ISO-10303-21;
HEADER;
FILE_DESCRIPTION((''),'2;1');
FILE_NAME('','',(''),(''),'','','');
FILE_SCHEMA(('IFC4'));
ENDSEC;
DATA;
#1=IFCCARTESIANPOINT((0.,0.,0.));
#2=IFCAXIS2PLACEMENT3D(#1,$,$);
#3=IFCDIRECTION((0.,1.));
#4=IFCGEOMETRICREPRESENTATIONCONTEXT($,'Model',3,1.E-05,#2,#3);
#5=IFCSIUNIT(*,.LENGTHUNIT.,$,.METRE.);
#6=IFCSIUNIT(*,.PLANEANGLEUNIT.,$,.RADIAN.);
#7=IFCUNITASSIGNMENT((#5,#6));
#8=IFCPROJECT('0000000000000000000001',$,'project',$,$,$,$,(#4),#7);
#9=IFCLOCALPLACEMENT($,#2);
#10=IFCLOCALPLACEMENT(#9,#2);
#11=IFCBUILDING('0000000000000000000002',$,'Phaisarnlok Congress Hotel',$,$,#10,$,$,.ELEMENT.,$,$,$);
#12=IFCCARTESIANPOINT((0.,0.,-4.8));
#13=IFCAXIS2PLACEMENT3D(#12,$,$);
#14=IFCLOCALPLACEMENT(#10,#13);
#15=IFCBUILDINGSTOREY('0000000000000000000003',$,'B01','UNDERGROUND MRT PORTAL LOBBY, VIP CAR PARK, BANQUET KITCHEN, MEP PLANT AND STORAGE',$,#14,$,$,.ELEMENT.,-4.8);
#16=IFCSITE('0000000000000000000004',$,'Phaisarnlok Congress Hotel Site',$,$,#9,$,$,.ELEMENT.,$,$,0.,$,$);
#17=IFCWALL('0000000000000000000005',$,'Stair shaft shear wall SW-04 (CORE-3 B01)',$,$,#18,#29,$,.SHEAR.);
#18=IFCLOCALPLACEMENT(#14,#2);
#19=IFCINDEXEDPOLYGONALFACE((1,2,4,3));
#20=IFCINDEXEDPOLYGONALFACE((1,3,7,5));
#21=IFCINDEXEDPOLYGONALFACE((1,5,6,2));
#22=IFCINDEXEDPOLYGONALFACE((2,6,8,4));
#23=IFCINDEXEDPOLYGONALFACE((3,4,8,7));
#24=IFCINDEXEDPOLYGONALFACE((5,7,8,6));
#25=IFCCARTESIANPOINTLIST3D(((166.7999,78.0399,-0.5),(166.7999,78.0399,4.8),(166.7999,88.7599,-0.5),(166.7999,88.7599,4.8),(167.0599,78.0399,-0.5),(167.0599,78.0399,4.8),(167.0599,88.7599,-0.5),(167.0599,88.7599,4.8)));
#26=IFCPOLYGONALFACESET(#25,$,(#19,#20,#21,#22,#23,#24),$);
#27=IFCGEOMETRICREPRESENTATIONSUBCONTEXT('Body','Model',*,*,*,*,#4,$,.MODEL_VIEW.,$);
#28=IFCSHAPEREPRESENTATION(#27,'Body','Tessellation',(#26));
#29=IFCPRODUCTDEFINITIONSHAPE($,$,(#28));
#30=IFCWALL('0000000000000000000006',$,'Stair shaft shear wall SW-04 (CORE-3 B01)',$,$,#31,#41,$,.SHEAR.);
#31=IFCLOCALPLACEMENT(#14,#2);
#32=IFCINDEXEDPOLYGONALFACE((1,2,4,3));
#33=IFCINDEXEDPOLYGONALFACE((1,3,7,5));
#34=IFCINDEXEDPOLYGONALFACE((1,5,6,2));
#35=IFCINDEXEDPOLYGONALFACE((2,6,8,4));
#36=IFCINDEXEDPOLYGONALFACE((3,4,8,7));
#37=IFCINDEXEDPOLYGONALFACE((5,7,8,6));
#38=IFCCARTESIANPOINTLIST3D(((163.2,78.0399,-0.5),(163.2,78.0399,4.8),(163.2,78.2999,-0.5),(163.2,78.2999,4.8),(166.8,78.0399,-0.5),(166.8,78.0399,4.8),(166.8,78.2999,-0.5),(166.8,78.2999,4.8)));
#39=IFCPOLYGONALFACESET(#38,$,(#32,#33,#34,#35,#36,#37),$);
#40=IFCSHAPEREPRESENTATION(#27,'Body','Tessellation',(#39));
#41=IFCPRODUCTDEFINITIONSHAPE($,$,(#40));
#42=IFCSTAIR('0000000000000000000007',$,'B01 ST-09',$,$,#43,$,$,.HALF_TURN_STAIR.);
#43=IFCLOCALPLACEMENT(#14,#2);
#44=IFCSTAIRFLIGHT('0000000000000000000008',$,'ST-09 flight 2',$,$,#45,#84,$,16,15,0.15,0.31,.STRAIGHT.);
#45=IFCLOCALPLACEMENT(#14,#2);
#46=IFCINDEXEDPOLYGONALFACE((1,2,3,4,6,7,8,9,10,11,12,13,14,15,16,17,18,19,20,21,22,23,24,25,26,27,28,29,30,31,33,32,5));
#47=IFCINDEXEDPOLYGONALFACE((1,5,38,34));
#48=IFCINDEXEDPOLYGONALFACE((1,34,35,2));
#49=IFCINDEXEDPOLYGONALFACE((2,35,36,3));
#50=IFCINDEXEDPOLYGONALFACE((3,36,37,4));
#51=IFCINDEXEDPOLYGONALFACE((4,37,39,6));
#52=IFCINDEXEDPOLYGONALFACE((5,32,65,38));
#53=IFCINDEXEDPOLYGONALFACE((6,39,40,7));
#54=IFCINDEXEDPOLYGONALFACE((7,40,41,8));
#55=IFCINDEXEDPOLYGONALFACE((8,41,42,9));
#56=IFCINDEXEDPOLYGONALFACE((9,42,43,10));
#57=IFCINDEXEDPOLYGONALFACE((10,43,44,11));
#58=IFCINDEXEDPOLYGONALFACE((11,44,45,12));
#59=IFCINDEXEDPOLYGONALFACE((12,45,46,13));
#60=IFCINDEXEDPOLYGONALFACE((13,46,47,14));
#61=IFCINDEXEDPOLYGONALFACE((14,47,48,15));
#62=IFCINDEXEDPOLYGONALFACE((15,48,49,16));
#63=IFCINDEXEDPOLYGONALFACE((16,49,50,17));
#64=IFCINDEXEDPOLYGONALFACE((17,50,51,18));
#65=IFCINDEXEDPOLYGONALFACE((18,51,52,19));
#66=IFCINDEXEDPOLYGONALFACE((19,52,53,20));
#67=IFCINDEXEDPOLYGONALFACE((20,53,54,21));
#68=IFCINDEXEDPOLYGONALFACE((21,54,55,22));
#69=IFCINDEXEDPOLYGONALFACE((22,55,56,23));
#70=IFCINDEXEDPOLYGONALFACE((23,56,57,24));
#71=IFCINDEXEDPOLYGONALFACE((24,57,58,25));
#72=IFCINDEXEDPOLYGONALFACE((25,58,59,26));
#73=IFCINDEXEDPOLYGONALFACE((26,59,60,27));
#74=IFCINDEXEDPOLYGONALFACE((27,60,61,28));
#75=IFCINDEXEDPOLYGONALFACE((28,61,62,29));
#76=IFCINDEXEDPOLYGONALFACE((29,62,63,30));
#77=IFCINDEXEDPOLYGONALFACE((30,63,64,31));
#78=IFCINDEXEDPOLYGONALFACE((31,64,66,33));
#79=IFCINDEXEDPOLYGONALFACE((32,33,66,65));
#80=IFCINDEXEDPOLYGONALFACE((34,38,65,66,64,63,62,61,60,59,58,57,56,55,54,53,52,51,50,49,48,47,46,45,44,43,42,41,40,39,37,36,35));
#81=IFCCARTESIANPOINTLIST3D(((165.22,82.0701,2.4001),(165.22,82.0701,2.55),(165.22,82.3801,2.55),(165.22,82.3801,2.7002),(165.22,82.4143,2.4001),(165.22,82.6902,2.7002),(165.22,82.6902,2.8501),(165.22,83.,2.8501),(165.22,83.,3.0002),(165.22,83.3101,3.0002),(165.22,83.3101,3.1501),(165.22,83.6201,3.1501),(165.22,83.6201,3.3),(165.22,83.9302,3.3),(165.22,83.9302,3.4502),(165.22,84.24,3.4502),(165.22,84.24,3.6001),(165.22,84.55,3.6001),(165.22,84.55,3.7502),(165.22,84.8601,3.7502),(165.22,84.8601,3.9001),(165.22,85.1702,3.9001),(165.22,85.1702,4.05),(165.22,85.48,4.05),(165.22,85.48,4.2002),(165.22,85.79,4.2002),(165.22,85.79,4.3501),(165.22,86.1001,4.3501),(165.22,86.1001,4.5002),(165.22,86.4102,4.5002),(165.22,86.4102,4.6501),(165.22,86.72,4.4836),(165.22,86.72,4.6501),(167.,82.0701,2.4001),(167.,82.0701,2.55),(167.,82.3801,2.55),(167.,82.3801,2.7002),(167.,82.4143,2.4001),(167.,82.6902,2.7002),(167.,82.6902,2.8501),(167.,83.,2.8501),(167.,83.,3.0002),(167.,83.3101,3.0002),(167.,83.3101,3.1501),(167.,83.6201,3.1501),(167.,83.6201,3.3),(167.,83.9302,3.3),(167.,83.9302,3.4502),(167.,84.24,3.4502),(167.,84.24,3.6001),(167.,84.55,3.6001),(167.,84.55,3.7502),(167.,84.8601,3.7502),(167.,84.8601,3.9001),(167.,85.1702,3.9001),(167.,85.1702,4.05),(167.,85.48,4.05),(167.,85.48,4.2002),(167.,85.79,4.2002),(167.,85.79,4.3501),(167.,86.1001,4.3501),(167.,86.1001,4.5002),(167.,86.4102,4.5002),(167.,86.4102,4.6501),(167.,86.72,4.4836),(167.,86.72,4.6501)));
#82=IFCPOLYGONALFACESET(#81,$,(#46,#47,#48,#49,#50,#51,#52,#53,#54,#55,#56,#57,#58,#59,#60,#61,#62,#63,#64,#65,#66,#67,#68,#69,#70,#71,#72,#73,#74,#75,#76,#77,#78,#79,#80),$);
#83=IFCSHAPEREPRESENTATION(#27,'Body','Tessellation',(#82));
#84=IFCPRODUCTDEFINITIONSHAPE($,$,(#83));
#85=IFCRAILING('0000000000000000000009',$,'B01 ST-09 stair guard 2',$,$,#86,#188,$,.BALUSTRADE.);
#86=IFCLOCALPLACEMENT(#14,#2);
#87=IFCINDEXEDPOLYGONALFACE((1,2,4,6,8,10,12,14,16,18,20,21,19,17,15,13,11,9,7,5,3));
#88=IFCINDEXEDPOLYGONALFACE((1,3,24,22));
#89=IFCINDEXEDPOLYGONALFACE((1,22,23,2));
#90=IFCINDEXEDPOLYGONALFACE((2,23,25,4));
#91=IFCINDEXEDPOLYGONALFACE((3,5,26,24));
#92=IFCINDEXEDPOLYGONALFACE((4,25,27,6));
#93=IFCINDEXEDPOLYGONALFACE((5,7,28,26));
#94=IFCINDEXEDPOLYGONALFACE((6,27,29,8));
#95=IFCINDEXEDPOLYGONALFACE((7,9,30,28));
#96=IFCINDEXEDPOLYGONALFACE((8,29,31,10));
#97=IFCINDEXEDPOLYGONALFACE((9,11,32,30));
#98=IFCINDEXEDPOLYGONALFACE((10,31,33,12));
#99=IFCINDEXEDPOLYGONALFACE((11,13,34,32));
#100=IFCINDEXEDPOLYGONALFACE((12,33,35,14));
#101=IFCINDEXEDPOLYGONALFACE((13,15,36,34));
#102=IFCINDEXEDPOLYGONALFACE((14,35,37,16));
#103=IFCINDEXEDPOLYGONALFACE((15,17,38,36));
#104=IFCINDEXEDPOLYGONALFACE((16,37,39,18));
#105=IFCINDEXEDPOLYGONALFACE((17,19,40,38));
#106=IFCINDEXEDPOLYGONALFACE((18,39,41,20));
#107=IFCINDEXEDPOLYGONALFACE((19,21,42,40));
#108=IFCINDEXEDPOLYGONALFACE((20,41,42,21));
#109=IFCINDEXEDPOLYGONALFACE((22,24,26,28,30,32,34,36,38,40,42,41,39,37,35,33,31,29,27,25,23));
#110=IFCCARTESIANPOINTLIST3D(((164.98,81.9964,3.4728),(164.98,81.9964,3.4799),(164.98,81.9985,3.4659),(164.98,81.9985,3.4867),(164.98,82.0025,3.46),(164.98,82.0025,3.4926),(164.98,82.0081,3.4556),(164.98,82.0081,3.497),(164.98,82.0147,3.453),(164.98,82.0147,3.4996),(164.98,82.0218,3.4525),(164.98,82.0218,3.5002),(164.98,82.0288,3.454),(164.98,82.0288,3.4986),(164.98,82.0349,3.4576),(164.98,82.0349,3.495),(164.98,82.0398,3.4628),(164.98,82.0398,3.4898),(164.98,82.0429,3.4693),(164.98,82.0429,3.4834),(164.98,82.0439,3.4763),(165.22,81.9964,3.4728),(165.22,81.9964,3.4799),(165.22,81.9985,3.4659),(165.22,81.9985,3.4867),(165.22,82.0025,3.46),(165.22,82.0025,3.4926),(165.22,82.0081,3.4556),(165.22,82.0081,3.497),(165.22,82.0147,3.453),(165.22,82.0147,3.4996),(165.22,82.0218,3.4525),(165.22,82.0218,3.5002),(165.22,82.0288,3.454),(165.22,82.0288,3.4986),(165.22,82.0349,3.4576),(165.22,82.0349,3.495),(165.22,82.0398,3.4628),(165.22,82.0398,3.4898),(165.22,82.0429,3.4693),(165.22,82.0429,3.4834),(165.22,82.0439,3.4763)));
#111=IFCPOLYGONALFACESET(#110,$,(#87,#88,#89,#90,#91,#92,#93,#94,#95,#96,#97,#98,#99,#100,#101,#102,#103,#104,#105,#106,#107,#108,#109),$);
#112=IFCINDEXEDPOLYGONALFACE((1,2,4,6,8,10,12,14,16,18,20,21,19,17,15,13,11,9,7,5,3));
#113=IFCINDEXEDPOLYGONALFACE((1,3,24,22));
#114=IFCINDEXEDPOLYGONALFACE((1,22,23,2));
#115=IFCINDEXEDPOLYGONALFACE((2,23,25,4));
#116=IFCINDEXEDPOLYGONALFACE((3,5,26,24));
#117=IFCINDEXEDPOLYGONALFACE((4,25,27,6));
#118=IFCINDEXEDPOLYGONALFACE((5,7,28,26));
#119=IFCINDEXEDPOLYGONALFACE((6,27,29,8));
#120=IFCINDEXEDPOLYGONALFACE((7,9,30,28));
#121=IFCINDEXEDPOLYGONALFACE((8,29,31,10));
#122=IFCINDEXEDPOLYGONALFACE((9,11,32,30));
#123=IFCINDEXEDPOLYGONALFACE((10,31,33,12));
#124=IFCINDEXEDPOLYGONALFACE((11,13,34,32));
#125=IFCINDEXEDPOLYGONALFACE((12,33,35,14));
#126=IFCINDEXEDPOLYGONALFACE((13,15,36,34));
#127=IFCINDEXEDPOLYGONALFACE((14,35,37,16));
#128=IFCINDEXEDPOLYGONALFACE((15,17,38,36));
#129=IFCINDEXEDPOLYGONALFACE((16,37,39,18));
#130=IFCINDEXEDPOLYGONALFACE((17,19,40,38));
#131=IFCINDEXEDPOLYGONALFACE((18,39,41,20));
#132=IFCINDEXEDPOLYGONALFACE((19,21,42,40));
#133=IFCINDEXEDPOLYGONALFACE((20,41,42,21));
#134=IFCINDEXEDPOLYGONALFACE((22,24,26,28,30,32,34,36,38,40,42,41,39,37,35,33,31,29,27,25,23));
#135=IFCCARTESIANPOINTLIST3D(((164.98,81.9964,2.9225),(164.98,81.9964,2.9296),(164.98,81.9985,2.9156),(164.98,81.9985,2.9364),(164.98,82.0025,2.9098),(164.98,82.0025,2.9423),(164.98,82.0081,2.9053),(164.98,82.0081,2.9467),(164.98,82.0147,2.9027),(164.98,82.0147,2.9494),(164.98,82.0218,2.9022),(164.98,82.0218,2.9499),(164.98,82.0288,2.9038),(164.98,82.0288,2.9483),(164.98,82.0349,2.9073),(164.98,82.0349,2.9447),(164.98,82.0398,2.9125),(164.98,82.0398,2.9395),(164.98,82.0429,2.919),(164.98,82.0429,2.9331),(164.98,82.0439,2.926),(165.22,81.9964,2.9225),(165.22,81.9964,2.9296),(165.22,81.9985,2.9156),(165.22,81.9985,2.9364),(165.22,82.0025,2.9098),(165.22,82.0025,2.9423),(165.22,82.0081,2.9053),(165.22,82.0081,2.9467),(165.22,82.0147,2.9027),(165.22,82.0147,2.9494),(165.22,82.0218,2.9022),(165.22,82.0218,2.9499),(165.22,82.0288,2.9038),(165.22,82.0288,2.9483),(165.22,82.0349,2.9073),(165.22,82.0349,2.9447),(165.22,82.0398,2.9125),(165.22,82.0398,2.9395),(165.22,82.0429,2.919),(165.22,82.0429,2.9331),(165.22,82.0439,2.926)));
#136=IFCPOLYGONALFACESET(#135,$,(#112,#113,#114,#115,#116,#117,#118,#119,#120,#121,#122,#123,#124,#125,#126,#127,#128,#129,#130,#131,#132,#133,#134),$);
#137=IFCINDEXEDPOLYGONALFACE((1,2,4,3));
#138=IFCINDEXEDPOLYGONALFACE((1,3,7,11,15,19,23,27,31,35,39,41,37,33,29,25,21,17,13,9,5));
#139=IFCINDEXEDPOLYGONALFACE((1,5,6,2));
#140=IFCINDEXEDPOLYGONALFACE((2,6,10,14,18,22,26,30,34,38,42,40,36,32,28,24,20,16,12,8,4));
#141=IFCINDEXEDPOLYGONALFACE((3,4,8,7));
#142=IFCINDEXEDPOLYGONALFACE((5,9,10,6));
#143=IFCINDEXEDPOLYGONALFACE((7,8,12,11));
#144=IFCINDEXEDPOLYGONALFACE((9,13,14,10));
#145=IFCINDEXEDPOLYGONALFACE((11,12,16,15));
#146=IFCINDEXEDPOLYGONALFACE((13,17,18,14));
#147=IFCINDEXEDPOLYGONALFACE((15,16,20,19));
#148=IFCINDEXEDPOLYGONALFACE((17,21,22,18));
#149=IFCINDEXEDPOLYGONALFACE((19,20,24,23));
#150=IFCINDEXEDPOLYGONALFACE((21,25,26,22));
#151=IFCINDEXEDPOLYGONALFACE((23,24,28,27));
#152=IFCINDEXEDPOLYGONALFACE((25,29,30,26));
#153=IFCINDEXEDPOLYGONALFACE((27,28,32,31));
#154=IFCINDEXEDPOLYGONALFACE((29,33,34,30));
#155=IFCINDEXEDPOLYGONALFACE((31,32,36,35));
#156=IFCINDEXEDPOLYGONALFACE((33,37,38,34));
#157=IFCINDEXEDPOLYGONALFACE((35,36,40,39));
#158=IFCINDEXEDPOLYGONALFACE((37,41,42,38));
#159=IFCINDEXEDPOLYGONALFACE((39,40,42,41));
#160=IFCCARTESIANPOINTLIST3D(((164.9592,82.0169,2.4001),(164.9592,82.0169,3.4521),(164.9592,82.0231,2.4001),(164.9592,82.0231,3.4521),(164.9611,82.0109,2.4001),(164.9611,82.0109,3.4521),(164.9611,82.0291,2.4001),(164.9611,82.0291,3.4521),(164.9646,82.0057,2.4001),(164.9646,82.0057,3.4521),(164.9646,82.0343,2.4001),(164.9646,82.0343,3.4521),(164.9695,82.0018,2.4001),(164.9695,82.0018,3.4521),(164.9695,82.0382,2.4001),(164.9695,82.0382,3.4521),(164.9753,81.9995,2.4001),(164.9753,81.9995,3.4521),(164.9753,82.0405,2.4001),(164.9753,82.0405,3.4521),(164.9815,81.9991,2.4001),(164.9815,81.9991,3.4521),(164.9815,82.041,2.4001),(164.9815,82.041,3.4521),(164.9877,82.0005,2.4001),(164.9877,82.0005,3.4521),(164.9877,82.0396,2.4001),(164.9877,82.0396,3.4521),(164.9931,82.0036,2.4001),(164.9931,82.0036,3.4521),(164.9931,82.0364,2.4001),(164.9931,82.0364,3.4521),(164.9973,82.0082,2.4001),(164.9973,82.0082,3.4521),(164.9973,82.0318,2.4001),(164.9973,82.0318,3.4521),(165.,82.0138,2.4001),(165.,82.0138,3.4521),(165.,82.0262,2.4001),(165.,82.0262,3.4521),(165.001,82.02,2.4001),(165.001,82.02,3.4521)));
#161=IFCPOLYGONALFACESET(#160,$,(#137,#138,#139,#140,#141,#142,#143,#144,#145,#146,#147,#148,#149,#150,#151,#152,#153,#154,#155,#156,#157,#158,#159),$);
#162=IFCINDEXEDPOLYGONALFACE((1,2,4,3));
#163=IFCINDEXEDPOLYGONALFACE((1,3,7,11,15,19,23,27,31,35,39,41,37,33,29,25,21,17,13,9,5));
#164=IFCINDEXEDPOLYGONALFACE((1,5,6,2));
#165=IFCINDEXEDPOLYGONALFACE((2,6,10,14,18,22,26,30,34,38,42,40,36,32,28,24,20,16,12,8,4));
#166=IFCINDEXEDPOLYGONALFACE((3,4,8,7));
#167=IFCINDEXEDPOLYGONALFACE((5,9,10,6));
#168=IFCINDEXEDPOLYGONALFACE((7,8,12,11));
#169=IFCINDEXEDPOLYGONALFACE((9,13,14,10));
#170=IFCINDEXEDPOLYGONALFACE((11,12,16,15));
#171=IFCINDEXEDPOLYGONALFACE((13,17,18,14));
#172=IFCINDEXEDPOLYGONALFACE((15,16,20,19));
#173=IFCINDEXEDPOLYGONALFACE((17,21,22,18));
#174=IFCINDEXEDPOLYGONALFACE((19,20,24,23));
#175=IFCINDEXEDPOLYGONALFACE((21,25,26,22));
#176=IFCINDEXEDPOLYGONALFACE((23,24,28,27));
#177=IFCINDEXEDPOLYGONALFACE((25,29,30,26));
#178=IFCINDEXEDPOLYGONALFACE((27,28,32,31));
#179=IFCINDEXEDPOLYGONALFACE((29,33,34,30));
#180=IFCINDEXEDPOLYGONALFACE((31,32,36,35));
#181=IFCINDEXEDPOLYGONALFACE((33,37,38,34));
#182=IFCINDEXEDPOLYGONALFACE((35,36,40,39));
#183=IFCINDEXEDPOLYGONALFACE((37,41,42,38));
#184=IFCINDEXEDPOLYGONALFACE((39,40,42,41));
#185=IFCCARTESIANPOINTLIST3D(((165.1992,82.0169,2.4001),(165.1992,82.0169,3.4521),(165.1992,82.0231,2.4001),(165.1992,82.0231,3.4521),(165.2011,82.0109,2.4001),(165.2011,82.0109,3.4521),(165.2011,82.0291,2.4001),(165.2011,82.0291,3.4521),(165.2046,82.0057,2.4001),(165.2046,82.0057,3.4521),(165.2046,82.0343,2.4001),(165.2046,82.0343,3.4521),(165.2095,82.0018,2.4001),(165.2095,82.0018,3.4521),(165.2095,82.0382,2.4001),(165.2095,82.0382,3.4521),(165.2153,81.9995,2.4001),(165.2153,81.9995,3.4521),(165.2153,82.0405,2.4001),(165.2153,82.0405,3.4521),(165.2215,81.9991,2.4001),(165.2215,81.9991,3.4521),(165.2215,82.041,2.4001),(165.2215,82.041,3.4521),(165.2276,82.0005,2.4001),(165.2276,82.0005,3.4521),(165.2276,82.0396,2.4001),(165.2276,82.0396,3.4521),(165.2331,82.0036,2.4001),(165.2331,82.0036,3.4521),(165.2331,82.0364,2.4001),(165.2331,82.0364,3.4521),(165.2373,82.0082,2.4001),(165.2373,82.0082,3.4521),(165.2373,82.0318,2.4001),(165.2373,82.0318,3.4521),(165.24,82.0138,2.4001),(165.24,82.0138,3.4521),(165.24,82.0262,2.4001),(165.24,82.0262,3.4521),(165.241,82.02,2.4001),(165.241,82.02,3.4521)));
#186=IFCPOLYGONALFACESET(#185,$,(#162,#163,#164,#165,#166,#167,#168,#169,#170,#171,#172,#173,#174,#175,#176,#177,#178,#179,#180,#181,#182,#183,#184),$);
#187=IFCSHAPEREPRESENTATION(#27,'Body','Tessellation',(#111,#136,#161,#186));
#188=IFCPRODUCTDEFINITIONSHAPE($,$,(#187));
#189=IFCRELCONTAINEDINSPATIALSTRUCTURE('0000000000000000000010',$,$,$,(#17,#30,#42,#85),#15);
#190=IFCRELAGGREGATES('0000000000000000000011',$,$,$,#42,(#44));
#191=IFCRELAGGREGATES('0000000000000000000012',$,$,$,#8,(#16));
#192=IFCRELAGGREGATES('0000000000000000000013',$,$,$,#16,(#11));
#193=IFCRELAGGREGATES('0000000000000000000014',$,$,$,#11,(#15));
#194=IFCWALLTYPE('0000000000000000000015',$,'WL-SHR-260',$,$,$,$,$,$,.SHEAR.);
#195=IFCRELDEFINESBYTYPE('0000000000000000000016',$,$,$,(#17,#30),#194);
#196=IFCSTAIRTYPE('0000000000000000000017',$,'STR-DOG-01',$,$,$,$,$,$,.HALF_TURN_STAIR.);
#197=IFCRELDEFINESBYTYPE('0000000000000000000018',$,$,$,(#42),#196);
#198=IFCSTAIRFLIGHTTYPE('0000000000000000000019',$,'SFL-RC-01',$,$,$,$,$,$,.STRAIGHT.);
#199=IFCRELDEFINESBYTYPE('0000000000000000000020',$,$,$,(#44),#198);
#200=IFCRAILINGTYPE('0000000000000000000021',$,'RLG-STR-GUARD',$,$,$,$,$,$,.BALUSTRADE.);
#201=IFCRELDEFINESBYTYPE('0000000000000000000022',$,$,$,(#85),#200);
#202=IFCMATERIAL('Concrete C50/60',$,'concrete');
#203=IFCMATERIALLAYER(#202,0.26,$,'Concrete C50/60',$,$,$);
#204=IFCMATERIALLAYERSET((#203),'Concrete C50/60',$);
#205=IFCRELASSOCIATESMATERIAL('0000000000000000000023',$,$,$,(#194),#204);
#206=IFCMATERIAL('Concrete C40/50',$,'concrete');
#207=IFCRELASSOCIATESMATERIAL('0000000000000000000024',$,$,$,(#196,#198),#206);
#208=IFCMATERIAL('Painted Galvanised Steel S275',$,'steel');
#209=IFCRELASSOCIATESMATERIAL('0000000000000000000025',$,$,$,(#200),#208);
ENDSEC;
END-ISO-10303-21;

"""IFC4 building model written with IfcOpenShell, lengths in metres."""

from ifc_helpers import new_model, si_unit, direction, frame, frame_2d, origin, origin_2d, place, context, subcontext, project, spatial, polyline, rectangle, circle, outline, extrude, material, layer, layer_set, type_object, element, aggregate, save


model = new_model("IFC4")

# Units and contexts
model_context = context("Model", 3, precision=1e-05, world=origin(), true_north=direction((0.0, 1.0)))
body_context = subcontext(model_context, "Body", "Model", "MODEL_VIEW")
ifc_project = project(units=[si_unit("LENGTHUNIT", "METRE"), si_unit("PLANEANGLEUNIT", "RADIAN")], contexts=[model_context])

# Site, building, storey
site_placement = place(None, origin())
site = spatial("IfcSite", under=ifc_project, at=site_placement, Name="Phaisarnlok Congress Hotel Site", CompositionType="ELEMENT", RefElevation=0.0)
building_placement = place(site_placement, origin())
building = spatial("IfcBuilding", under=site, at=building_placement, Name="Phaisarnlok Congress Hotel", CompositionType="ELEMENT")
storey_placement = place(building_placement, frame((0.0, 0.0, -4.8)))
storey = spatial("IfcBuildingStorey", under=building, at=storey_placement, Name="B01", Description="UNDERGROUND MRT PORTAL LOBBY, VIP CAR PARK, BANQUET KITCHEN, MEP PLANT AND STORAGE", CompositionType="ELEMENT", Elevation=-4.8)

# Shared definitions
ifc_material_1 = material(Name="Concrete C40/50", Category="concrete")

# Shared definitions
ifc_material_2 = material(Name="Concrete C50/60", Category="concrete")

# Walls
ifc_layer_1 = layer(ifc_material_2, 0.26, Name="Concrete C50/60")
ifc_layer_set_1 = layer_set([ifc_layer_1], Name="Concrete C50/60")
wall_type_1 = type_object("IfcWallType", Name="WL-SHR-260", PredefinedType="SHEAR", material=ifc_layer_set_1)
for number, where, z_axis, x_axis, name in (
    (1, (166.9299, 78.04, -0.5), (0.0, 0.0, 1.0), (0.0, 1.0, 0.0), "Stair shaft shear wall SW-04 (CORE-3 B01)"),
):
    element("IfcWall", number, at=place(storey_placement, frame(where, z_axis=z_axis, x_axis=x_axis)), inside=storey, type_object=wall_type_1, Name=name, PredefinedType="SHEAR", context=body_context, shape_type="SweptSolid", body=[
        extrude(rectangle(XDim=10.72, YDim=0.26, at=frame_2d((5.3599, 0.0))), origin(), (0.0, 0.0, 1.0), 5.3),
    ])
wall_1_placement = place(storey_placement, frame((163.2, 78.1699, -0.5), z_axis=(0.0, 0.0, 1.0), x_axis=(1.0, 0.0, 0.0)))
element("IfcWall", 2, at=wall_1_placement, inside=storey, type_object=wall_type_1, Name="Stair shaft shear wall SW-04 (CORE-3 B01)", PredefinedType="SHEAR", context=body_context, shape_type="SweptSolid", body=[
    extrude(rectangle(XDim=3.6001, YDim=0.26, at=frame_2d((1.8, 0.0))), origin(), (0.0, 0.0, 1.0), 5.3),
])

# Stair, stair flight
stair_type = type_object("IfcStairType", Name="STR-DOG-01", PredefinedType="HALF_TURN_STAIR", material=ifc_material_1)
stair_placement = place(storey_placement, origin())
stair = element("IfcStair", 3, at=stair_placement, inside=storey, type_object=stair_type, Name="B01 ST-09", PredefinedType="HALF_TURN_STAIR")
stair_flight_type = type_object("IfcStairFlightType", Name="SFL-RC-01", PredefinedType="STRAIGHT", material=ifc_material_1)
stair_flight_placement = place(storey_placement, frame((166.1101, 82.0701, 2.4001), z_axis=(0.0, 0.0, 1.0), x_axis=(0.0, 1.0, 0.0)))
stair_flight = element("IfcStairFlight", 4, at=stair_flight_placement, type_object=stair_flight_type, Name="ST-09 flight 2", NumberOfRisers=16, NumberOfTreads=15, PredefinedType="STRAIGHT", RiserHeight=0.15, TreadLength=0.31, context=body_context, shape_type="SweptSolid", body=[
    extrude(outline(polyline([(0.0, 0.0), (0.0, 0.1499), (0.3101, 0.1499), (0.3101, 0.3), (0.6201, 0.3), (0.6201, 0.45), (0.9299, 0.45), (0.9299, 0.6001), (1.24, 0.6001), (1.24, 0.75), (1.55, 0.75), (1.55, 0.8999), (1.8601, 0.8999), (1.8601, 1.05), (2.1699, 1.05), (2.1699, 1.2), (2.48, 1.2), (2.48, 1.3501), (2.79, 1.3501), (2.79, 1.5), (3.1001, 1.5), (3.1001, 1.6499), (3.4099, 1.6499), (3.4099, 1.8), (3.72, 1.8), (3.72, 1.95), (4.03, 1.95), (4.03, 2.1001), (4.3401, 2.1001), (4.3401, 2.25), (4.6499, 2.25), (4.6499, 2.3999), (4.6499, 2.0835), (0.3442, 0.0), (0.0, 0.0)])), frame((0.0, 0.8901, 0.0), z_axis=(0.0, -1.0, 0.0), x_axis=(1.0, 0.0, 0.0)), (0.0, 0.0, 1.0), 1.78),
])
aggregate(stair, [stair_flight])

# Railing
ifc_material_3 = material(Name="Painted Galvanised Steel S275", Category="steel")
railing_type_1 = type_object("IfcRailingType", Name="RLG-STR-GUARD", PredefinedType="BALUSTRADE", material=ifc_material_3)
railing_1_placement = place(storey_placement, frame((164.98, 82.02, 2.4001)))
element("IfcRailing", 5, at=railing_1_placement, inside=storey, type_object=railing_type_1, Name="B01 ST-09 stair guard 2", PredefinedType="BALUSTRADE", context=body_context, shape_type="SweptSolid", body=[
    extrude(circle(Radius=0.0239, at=origin_2d()), frame((0.0, 0.0, 1.0762), z_axis=(1.0, 0.0, 0.0), x_axis=(0.0, 1.0, 0.0)), (0.0, 0.0, 1.0), 0.24),
    extrude(circle(Radius=0.0239, at=origin_2d()), frame((0.0, 0.0, 0.5259), z_axis=(1.0, 0.0, 0.0), x_axis=(0.0, 1.0, 0.0)), (0.0, 0.0, 1.0), 0.24),
    extrude(circle(Radius=0.021, at=origin_2d()), origin(), (0.0, 0.0, 1.0), 1.052),
    extrude(circle(Radius=0.021, at=origin_2d()), frame((0.24, 0.0, 0.0)), (0.0, 0.0, 1.0), 1.052),
])

save(model, "model.ifc")
